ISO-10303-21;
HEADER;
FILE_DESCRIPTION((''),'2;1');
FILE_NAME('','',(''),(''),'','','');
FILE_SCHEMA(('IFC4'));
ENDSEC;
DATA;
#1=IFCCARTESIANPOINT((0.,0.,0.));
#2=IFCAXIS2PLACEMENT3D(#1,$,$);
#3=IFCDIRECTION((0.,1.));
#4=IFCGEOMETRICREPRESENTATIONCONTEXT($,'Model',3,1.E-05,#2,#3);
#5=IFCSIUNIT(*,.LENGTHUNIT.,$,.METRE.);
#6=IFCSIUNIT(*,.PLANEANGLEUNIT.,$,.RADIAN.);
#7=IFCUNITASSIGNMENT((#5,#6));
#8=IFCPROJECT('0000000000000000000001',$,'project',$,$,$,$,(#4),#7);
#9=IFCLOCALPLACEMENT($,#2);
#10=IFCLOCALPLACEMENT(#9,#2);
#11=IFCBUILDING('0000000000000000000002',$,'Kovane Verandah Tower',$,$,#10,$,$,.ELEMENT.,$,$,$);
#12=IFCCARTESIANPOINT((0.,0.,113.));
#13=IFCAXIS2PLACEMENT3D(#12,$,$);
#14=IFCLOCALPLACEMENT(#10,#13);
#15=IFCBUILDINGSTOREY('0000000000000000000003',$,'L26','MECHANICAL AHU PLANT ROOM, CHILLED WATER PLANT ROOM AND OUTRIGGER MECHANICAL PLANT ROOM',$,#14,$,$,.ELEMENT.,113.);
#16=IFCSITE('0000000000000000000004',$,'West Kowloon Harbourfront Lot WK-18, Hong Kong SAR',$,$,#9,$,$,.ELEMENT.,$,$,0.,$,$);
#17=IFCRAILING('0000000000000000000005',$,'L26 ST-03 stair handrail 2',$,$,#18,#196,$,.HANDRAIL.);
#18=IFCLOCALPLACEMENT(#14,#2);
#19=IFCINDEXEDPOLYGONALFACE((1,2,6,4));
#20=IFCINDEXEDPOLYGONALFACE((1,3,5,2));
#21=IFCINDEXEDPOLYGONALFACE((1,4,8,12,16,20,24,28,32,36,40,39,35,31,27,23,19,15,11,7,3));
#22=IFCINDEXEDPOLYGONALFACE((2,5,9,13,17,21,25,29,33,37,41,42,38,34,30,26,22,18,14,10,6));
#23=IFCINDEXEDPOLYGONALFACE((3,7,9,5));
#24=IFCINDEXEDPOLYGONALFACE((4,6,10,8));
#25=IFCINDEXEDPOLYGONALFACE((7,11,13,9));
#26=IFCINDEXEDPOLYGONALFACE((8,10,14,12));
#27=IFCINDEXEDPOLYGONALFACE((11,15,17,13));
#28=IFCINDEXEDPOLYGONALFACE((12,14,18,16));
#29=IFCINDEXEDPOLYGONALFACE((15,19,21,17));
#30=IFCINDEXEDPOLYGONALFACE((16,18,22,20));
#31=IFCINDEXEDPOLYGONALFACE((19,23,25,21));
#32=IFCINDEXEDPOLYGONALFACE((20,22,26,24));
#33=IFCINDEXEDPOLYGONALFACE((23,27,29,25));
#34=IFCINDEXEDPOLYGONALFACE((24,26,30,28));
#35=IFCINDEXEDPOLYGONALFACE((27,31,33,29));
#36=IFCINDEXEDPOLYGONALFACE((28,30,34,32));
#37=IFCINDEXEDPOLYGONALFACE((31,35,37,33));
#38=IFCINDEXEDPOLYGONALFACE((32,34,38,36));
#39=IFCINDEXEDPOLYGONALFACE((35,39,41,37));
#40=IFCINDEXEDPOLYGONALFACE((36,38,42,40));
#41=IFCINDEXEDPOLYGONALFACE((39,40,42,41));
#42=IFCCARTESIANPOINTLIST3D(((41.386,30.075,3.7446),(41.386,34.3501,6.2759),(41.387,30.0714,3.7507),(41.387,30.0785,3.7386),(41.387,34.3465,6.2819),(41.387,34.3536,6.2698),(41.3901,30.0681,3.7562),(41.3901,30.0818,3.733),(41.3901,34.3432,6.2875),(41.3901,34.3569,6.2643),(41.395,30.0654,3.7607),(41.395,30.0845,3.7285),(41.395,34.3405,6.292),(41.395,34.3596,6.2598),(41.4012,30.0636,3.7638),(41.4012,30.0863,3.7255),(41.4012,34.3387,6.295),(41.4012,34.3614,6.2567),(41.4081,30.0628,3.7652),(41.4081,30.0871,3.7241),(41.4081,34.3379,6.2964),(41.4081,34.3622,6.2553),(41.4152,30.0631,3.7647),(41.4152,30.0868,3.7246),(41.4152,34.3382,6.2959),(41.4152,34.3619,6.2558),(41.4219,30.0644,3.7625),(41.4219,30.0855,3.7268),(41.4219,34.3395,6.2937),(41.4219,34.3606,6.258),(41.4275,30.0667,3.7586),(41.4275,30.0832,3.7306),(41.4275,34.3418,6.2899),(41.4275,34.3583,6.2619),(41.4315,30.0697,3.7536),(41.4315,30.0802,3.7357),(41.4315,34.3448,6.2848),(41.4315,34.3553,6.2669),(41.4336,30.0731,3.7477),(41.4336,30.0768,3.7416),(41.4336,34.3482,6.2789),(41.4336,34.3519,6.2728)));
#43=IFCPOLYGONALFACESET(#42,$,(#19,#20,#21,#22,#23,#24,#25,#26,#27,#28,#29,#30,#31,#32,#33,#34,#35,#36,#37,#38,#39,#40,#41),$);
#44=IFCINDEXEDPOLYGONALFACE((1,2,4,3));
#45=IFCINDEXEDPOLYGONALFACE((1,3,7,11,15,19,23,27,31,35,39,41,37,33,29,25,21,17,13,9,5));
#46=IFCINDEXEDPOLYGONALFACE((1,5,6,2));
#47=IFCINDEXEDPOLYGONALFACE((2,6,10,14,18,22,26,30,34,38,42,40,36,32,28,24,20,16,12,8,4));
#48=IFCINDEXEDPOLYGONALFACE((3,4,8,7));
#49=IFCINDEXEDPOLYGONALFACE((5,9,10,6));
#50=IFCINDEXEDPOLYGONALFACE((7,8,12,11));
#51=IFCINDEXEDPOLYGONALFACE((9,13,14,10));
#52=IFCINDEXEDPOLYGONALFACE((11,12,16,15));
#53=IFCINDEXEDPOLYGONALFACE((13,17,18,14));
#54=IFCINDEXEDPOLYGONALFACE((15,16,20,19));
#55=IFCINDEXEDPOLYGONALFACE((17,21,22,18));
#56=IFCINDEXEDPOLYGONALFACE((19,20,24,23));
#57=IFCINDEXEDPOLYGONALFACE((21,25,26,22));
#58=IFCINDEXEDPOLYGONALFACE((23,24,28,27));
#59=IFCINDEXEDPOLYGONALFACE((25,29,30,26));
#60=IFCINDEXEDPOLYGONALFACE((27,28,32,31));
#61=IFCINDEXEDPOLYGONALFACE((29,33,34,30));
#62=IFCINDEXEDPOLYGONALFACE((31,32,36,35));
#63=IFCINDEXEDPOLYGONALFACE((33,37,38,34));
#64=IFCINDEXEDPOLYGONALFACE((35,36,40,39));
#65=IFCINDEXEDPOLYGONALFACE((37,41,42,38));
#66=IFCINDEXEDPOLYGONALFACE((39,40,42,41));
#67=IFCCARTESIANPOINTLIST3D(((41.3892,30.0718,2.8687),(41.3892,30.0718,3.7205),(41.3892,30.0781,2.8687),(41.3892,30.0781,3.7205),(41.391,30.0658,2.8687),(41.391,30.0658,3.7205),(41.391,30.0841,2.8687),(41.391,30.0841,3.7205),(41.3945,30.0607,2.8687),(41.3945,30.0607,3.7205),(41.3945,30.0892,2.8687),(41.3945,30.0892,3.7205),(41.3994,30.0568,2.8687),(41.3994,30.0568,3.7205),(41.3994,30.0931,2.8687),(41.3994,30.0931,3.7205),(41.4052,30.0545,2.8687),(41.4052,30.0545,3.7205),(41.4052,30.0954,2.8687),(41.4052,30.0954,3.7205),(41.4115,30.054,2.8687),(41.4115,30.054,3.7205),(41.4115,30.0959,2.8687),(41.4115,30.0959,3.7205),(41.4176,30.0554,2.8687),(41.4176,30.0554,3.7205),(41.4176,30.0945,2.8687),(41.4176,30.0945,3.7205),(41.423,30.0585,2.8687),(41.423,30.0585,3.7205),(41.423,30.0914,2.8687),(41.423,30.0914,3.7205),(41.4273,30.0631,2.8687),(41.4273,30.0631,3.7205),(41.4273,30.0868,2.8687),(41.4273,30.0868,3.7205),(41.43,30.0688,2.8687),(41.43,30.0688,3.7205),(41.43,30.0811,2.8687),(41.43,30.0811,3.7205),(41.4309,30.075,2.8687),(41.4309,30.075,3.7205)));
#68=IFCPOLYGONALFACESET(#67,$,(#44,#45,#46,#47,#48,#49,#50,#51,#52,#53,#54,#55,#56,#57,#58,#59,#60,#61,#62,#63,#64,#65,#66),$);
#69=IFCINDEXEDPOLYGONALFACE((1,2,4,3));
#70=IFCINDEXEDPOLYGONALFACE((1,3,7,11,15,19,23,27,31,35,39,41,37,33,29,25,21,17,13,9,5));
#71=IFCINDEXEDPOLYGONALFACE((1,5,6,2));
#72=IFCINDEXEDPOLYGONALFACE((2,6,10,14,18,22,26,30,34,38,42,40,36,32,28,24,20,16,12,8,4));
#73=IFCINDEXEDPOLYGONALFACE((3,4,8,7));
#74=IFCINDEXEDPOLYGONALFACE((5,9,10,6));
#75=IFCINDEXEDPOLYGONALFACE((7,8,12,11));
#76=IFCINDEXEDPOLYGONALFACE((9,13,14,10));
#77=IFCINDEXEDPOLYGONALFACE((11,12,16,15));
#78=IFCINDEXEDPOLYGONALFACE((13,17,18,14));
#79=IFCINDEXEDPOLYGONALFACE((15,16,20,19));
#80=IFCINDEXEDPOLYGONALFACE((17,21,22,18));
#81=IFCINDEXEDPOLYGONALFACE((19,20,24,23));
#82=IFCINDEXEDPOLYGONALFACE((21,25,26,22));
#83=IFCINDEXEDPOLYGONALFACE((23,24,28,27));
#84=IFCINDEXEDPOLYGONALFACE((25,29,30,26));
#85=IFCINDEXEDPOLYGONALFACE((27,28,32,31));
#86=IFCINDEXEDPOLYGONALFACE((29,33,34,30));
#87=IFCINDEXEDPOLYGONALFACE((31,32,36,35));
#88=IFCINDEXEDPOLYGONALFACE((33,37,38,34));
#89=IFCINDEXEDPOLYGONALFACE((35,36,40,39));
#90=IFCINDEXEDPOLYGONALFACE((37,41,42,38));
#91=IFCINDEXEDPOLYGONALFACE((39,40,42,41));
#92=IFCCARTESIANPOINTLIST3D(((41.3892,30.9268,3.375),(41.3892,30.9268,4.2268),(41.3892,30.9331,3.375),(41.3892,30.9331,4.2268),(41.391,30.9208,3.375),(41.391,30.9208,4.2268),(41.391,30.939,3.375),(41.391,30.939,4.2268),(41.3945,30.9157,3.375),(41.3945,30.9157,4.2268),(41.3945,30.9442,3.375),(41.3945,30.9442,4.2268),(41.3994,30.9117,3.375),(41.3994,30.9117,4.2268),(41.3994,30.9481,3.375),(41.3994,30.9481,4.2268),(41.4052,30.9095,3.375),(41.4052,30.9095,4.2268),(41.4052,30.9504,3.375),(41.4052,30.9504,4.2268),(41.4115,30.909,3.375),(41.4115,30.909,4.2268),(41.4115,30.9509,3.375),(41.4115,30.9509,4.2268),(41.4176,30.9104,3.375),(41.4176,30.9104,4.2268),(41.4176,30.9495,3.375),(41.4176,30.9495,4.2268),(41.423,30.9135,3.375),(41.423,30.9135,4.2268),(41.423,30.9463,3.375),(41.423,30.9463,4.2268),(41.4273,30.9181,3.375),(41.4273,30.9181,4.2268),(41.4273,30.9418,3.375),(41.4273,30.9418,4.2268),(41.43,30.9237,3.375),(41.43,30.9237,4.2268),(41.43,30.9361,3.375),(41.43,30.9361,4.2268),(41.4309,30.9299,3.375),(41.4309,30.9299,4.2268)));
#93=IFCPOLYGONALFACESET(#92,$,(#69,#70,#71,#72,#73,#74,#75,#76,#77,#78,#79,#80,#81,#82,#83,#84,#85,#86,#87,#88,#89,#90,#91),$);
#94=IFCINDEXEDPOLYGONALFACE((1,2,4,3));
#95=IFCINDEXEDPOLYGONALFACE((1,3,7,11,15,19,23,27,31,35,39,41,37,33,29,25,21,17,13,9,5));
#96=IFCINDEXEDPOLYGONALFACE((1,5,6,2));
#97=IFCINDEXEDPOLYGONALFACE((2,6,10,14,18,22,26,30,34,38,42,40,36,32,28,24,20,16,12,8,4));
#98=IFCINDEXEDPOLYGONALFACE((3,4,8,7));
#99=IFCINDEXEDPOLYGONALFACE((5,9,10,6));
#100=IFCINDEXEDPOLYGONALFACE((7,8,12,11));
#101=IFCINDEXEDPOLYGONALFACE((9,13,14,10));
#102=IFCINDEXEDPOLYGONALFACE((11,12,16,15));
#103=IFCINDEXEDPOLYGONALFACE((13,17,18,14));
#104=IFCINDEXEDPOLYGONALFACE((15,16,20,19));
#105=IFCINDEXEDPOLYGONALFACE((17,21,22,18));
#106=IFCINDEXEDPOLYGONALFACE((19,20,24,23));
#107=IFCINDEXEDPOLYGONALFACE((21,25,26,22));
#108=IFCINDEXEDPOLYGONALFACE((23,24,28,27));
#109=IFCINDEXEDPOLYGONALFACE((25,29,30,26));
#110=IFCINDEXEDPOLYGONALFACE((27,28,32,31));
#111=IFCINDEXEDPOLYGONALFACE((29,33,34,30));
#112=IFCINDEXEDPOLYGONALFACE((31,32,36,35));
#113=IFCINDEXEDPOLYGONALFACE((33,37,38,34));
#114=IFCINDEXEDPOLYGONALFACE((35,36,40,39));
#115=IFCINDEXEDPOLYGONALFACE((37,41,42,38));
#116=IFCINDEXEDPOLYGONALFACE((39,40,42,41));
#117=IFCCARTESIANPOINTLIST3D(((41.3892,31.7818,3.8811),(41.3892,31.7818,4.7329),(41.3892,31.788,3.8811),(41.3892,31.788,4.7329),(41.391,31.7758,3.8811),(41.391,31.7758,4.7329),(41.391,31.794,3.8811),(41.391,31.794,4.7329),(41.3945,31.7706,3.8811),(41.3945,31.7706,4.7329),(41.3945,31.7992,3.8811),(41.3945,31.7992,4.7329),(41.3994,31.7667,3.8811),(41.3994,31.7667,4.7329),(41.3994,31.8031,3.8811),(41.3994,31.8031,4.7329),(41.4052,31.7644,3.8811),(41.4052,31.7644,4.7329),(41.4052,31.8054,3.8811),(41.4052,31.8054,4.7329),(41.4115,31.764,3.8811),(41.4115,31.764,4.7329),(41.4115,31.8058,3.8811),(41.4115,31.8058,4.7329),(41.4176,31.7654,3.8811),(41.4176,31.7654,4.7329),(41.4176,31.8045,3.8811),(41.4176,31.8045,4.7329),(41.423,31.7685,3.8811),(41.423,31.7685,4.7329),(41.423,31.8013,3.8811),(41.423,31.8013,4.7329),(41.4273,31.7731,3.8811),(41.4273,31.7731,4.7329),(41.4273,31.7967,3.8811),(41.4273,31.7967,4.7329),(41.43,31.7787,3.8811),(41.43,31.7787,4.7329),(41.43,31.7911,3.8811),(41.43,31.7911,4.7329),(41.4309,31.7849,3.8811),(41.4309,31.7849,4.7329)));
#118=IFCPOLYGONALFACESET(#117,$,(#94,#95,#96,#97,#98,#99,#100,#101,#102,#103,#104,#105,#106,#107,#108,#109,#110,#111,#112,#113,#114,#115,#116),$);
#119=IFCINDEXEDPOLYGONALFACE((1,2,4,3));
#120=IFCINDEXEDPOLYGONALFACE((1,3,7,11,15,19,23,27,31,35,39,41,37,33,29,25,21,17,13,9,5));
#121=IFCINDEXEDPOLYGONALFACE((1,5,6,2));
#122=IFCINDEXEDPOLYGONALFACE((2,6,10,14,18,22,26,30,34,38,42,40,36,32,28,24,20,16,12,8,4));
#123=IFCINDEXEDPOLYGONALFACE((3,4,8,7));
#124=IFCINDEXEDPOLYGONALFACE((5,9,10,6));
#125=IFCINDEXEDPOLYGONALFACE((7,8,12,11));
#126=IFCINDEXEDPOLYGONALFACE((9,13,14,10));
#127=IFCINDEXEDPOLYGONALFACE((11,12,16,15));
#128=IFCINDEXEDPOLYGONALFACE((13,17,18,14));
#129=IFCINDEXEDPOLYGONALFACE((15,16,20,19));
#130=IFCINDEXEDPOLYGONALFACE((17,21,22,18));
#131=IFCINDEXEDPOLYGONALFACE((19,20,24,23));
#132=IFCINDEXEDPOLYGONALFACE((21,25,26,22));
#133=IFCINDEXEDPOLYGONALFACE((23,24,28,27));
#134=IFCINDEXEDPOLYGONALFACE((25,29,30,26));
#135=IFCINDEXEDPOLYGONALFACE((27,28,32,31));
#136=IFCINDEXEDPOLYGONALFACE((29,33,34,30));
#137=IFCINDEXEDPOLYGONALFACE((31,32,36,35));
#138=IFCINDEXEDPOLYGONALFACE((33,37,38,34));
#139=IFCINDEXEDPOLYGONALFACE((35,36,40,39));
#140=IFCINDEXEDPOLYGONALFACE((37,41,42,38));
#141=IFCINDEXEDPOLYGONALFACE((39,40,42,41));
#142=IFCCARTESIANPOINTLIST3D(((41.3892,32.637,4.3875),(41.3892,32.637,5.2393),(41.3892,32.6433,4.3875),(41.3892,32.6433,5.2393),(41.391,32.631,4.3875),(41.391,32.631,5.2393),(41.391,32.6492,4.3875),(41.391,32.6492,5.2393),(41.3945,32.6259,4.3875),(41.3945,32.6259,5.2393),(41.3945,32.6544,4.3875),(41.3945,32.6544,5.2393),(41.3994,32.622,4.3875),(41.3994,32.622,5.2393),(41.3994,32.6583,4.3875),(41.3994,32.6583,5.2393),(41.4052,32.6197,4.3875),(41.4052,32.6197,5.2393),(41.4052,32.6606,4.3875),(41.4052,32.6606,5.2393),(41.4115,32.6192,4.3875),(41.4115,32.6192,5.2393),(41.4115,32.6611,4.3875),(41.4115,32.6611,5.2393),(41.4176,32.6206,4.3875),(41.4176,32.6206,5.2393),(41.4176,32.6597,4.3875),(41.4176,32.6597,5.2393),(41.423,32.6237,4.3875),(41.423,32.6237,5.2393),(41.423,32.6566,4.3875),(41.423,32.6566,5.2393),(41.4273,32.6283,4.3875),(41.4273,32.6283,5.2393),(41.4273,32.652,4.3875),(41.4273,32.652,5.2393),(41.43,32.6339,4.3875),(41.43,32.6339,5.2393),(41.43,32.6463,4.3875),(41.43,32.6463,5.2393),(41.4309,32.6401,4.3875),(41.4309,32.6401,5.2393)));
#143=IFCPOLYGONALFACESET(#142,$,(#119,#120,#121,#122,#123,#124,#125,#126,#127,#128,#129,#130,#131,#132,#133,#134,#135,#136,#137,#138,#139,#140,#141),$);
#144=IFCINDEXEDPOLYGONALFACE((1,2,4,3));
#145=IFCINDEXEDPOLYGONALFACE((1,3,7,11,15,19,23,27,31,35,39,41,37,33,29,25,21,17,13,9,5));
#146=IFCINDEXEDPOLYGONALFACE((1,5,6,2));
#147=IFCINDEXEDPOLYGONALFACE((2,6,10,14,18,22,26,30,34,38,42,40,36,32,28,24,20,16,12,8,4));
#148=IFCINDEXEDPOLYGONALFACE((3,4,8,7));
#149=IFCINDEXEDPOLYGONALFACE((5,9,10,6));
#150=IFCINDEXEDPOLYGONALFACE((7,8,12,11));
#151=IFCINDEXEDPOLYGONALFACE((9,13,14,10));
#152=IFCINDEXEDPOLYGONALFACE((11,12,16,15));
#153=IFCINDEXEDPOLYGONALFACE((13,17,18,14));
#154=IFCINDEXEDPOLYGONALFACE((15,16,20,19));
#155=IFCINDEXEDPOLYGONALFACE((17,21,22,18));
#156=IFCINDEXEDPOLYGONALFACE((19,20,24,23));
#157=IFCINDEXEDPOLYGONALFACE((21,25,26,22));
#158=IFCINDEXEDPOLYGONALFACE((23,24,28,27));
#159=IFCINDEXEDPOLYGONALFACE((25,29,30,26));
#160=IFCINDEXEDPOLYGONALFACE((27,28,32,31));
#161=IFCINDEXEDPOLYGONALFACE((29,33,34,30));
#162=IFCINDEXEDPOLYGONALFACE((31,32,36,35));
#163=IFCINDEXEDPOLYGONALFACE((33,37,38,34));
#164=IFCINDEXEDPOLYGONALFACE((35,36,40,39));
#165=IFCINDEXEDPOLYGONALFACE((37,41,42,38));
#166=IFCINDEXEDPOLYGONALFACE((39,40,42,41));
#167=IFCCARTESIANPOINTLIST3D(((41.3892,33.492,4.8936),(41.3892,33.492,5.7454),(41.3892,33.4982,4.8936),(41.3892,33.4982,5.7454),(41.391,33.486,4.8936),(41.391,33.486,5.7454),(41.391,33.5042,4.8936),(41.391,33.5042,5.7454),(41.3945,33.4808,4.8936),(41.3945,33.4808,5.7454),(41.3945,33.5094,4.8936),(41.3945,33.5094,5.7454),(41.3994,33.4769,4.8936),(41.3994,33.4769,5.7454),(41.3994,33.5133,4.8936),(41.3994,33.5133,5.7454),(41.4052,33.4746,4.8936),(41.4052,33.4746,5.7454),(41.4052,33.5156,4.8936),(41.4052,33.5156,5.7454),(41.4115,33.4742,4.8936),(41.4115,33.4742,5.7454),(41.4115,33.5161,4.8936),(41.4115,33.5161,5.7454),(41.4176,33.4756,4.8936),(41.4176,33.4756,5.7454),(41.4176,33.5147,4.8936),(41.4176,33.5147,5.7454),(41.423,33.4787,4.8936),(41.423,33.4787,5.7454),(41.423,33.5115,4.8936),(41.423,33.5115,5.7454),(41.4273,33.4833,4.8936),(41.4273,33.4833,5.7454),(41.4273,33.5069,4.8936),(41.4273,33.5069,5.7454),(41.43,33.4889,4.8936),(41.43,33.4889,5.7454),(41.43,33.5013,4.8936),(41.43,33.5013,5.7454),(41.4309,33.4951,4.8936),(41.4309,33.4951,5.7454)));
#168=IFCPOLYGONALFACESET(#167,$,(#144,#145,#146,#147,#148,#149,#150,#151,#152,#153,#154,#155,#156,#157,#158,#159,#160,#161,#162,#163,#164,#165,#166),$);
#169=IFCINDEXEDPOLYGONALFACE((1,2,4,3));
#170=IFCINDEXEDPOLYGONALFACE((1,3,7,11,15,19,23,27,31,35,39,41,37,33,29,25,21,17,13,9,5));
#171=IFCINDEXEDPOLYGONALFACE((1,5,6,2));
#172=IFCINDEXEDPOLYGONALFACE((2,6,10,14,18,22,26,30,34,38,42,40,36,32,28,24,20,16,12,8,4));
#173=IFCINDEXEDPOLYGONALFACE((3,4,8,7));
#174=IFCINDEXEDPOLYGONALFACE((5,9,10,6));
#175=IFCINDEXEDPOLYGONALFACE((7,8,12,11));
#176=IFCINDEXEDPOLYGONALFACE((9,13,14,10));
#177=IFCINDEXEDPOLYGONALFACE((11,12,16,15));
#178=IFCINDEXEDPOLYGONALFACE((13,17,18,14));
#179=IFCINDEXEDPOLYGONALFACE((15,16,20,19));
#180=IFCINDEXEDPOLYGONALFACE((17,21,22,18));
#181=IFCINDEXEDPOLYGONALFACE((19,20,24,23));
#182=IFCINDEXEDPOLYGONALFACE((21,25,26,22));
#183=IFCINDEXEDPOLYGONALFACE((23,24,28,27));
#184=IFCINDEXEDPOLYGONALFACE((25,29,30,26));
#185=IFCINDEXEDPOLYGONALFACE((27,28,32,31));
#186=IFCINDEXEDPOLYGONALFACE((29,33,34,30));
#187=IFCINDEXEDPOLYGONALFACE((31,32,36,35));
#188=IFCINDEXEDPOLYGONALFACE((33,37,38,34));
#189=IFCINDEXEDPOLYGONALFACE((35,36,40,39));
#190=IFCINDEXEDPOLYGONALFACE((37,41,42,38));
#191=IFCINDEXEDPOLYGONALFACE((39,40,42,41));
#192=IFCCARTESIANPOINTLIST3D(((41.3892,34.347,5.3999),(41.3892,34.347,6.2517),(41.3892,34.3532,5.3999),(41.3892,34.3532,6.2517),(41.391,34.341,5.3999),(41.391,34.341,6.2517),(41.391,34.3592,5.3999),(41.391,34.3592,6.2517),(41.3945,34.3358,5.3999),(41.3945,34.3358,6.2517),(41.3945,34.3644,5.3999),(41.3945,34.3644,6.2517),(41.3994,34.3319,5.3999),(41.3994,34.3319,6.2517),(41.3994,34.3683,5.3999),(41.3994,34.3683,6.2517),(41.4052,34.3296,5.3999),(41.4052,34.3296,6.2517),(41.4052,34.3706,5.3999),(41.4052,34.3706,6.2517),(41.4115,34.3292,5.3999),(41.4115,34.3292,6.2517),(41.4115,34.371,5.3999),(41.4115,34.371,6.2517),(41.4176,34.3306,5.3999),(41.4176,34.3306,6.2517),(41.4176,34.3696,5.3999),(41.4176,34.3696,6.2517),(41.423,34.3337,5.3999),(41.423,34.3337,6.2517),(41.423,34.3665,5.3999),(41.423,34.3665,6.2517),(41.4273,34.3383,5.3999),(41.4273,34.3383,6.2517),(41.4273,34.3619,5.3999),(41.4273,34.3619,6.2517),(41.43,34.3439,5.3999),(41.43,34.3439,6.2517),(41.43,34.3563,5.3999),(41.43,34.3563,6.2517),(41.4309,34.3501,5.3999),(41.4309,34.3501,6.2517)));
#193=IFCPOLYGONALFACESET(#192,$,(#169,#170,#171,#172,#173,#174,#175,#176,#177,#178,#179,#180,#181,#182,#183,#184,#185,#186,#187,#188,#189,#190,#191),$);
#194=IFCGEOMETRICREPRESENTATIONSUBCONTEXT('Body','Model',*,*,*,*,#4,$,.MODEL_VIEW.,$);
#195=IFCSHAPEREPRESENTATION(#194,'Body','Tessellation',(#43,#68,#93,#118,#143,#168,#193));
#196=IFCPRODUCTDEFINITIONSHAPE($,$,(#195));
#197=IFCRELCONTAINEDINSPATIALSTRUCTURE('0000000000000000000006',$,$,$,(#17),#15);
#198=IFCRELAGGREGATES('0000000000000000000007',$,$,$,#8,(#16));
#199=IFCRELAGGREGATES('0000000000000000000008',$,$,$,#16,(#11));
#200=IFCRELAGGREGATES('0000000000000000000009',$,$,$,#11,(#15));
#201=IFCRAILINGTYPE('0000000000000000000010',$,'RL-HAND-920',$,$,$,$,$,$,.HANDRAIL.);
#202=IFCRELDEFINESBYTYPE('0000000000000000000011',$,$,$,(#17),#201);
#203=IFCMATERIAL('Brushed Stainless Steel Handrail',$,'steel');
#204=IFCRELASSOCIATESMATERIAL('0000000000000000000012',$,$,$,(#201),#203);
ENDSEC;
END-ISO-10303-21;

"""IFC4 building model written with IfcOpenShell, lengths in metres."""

from ifc_helpers import new_model, si_unit, direction, frame, origin, origin_2d, place, context, subcontext, project, spatial, circle, extrude, material, type_object, element, save


model = new_model("IFC4")

# Units and contexts
model_context = context("Model", 3, precision=1e-05, world=origin(), true_north=direction((0.0, 1.0)))
body_context = subcontext(model_context, "Body", "Model", "MODEL_VIEW")
ifc_project = project(units=[si_unit("LENGTHUNIT", "METRE"), si_unit("PLANEANGLEUNIT", "RADIAN")], contexts=[model_context])

# Site, building, storey
site_placement = place(None, origin())
site = spatial("IfcSite", under=ifc_project, at=site_placement, Name="West Kowloon Harbourfront Lot WK-18, Hong Kong SAR", CompositionType="ELEMENT", RefElevation=0.0)
building_placement = place(site_placement, origin())
building = spatial("IfcBuilding", under=site, at=building_placement, Name="Kovane Verandah Tower", CompositionType="ELEMENT")
storey_placement = place(building_placement, frame((0.0, 0.0, 113.0)))
storey = spatial("IfcBuildingStorey", under=building, at=storey_placement, Name="L26", Description="MECHANICAL AHU PLANT ROOM, CHILLED WATER PLANT ROOM AND OUTRIGGER MECHANICAL PLANT ROOM", CompositionType="ELEMENT", Elevation=113.0)

# Railing
ifc_material_1 = material(Name="Brushed Stainless Steel Handrail", Category="steel")
railing_type_1 = type_object("IfcRailingType", Name="RL-HAND-920", PredefinedType="HANDRAIL", material=ifc_material_1)
railing_1_placement = place(storey_placement, frame((41.4099, 30.075, 2.8687)))
element("IfcRailing", 1, at=railing_1_placement, inside=storey, type_object=railing_type_1, Name="L26 ST-03 stair handrail 2", PredefinedType="HANDRAIL", context=body_context, shape_type="SweptSolid", body=[
    extrude(circle(Radius=0.0239, at=origin_2d()), frame((0.0, 0.0, 0.876), z_axis=(0.0, 0.860483, 0.509479), x_axis=(-1.0, 0.0, 0.0)), (0.0, 0.0, 1.0), 4.9683),
    extrude(circle(Radius=0.021, at=origin_2d()), origin(), (0.0, 0.0, 1.0), 0.8518),
    extrude(circle(Radius=0.021, at=origin_2d()), frame((0.0, 0.855, 0.5063)), (0.0, 0.0, 1.0), 0.8518),
    extrude(circle(Radius=0.021, at=origin_2d()), frame((0.0, 1.71, 1.0125)), (0.0, 0.0, 1.0), 0.8518),
    extrude(circle(Radius=0.021, at=origin_2d()), frame((0.0, 2.5652, 1.5188)), (0.0, 0.0, 1.0), 0.8518),
    extrude(circle(Radius=0.021, at=origin_2d()), frame((0.0, 3.4202, 2.0249)), (0.0, 0.0, 1.0), 0.8518),
    extrude(circle(Radius=0.021, at=origin_2d()), frame((0.0, 4.2751, 2.5312)), (0.0, 0.0, 1.0), 0.8518),
])

save(model, "model.ifc")
